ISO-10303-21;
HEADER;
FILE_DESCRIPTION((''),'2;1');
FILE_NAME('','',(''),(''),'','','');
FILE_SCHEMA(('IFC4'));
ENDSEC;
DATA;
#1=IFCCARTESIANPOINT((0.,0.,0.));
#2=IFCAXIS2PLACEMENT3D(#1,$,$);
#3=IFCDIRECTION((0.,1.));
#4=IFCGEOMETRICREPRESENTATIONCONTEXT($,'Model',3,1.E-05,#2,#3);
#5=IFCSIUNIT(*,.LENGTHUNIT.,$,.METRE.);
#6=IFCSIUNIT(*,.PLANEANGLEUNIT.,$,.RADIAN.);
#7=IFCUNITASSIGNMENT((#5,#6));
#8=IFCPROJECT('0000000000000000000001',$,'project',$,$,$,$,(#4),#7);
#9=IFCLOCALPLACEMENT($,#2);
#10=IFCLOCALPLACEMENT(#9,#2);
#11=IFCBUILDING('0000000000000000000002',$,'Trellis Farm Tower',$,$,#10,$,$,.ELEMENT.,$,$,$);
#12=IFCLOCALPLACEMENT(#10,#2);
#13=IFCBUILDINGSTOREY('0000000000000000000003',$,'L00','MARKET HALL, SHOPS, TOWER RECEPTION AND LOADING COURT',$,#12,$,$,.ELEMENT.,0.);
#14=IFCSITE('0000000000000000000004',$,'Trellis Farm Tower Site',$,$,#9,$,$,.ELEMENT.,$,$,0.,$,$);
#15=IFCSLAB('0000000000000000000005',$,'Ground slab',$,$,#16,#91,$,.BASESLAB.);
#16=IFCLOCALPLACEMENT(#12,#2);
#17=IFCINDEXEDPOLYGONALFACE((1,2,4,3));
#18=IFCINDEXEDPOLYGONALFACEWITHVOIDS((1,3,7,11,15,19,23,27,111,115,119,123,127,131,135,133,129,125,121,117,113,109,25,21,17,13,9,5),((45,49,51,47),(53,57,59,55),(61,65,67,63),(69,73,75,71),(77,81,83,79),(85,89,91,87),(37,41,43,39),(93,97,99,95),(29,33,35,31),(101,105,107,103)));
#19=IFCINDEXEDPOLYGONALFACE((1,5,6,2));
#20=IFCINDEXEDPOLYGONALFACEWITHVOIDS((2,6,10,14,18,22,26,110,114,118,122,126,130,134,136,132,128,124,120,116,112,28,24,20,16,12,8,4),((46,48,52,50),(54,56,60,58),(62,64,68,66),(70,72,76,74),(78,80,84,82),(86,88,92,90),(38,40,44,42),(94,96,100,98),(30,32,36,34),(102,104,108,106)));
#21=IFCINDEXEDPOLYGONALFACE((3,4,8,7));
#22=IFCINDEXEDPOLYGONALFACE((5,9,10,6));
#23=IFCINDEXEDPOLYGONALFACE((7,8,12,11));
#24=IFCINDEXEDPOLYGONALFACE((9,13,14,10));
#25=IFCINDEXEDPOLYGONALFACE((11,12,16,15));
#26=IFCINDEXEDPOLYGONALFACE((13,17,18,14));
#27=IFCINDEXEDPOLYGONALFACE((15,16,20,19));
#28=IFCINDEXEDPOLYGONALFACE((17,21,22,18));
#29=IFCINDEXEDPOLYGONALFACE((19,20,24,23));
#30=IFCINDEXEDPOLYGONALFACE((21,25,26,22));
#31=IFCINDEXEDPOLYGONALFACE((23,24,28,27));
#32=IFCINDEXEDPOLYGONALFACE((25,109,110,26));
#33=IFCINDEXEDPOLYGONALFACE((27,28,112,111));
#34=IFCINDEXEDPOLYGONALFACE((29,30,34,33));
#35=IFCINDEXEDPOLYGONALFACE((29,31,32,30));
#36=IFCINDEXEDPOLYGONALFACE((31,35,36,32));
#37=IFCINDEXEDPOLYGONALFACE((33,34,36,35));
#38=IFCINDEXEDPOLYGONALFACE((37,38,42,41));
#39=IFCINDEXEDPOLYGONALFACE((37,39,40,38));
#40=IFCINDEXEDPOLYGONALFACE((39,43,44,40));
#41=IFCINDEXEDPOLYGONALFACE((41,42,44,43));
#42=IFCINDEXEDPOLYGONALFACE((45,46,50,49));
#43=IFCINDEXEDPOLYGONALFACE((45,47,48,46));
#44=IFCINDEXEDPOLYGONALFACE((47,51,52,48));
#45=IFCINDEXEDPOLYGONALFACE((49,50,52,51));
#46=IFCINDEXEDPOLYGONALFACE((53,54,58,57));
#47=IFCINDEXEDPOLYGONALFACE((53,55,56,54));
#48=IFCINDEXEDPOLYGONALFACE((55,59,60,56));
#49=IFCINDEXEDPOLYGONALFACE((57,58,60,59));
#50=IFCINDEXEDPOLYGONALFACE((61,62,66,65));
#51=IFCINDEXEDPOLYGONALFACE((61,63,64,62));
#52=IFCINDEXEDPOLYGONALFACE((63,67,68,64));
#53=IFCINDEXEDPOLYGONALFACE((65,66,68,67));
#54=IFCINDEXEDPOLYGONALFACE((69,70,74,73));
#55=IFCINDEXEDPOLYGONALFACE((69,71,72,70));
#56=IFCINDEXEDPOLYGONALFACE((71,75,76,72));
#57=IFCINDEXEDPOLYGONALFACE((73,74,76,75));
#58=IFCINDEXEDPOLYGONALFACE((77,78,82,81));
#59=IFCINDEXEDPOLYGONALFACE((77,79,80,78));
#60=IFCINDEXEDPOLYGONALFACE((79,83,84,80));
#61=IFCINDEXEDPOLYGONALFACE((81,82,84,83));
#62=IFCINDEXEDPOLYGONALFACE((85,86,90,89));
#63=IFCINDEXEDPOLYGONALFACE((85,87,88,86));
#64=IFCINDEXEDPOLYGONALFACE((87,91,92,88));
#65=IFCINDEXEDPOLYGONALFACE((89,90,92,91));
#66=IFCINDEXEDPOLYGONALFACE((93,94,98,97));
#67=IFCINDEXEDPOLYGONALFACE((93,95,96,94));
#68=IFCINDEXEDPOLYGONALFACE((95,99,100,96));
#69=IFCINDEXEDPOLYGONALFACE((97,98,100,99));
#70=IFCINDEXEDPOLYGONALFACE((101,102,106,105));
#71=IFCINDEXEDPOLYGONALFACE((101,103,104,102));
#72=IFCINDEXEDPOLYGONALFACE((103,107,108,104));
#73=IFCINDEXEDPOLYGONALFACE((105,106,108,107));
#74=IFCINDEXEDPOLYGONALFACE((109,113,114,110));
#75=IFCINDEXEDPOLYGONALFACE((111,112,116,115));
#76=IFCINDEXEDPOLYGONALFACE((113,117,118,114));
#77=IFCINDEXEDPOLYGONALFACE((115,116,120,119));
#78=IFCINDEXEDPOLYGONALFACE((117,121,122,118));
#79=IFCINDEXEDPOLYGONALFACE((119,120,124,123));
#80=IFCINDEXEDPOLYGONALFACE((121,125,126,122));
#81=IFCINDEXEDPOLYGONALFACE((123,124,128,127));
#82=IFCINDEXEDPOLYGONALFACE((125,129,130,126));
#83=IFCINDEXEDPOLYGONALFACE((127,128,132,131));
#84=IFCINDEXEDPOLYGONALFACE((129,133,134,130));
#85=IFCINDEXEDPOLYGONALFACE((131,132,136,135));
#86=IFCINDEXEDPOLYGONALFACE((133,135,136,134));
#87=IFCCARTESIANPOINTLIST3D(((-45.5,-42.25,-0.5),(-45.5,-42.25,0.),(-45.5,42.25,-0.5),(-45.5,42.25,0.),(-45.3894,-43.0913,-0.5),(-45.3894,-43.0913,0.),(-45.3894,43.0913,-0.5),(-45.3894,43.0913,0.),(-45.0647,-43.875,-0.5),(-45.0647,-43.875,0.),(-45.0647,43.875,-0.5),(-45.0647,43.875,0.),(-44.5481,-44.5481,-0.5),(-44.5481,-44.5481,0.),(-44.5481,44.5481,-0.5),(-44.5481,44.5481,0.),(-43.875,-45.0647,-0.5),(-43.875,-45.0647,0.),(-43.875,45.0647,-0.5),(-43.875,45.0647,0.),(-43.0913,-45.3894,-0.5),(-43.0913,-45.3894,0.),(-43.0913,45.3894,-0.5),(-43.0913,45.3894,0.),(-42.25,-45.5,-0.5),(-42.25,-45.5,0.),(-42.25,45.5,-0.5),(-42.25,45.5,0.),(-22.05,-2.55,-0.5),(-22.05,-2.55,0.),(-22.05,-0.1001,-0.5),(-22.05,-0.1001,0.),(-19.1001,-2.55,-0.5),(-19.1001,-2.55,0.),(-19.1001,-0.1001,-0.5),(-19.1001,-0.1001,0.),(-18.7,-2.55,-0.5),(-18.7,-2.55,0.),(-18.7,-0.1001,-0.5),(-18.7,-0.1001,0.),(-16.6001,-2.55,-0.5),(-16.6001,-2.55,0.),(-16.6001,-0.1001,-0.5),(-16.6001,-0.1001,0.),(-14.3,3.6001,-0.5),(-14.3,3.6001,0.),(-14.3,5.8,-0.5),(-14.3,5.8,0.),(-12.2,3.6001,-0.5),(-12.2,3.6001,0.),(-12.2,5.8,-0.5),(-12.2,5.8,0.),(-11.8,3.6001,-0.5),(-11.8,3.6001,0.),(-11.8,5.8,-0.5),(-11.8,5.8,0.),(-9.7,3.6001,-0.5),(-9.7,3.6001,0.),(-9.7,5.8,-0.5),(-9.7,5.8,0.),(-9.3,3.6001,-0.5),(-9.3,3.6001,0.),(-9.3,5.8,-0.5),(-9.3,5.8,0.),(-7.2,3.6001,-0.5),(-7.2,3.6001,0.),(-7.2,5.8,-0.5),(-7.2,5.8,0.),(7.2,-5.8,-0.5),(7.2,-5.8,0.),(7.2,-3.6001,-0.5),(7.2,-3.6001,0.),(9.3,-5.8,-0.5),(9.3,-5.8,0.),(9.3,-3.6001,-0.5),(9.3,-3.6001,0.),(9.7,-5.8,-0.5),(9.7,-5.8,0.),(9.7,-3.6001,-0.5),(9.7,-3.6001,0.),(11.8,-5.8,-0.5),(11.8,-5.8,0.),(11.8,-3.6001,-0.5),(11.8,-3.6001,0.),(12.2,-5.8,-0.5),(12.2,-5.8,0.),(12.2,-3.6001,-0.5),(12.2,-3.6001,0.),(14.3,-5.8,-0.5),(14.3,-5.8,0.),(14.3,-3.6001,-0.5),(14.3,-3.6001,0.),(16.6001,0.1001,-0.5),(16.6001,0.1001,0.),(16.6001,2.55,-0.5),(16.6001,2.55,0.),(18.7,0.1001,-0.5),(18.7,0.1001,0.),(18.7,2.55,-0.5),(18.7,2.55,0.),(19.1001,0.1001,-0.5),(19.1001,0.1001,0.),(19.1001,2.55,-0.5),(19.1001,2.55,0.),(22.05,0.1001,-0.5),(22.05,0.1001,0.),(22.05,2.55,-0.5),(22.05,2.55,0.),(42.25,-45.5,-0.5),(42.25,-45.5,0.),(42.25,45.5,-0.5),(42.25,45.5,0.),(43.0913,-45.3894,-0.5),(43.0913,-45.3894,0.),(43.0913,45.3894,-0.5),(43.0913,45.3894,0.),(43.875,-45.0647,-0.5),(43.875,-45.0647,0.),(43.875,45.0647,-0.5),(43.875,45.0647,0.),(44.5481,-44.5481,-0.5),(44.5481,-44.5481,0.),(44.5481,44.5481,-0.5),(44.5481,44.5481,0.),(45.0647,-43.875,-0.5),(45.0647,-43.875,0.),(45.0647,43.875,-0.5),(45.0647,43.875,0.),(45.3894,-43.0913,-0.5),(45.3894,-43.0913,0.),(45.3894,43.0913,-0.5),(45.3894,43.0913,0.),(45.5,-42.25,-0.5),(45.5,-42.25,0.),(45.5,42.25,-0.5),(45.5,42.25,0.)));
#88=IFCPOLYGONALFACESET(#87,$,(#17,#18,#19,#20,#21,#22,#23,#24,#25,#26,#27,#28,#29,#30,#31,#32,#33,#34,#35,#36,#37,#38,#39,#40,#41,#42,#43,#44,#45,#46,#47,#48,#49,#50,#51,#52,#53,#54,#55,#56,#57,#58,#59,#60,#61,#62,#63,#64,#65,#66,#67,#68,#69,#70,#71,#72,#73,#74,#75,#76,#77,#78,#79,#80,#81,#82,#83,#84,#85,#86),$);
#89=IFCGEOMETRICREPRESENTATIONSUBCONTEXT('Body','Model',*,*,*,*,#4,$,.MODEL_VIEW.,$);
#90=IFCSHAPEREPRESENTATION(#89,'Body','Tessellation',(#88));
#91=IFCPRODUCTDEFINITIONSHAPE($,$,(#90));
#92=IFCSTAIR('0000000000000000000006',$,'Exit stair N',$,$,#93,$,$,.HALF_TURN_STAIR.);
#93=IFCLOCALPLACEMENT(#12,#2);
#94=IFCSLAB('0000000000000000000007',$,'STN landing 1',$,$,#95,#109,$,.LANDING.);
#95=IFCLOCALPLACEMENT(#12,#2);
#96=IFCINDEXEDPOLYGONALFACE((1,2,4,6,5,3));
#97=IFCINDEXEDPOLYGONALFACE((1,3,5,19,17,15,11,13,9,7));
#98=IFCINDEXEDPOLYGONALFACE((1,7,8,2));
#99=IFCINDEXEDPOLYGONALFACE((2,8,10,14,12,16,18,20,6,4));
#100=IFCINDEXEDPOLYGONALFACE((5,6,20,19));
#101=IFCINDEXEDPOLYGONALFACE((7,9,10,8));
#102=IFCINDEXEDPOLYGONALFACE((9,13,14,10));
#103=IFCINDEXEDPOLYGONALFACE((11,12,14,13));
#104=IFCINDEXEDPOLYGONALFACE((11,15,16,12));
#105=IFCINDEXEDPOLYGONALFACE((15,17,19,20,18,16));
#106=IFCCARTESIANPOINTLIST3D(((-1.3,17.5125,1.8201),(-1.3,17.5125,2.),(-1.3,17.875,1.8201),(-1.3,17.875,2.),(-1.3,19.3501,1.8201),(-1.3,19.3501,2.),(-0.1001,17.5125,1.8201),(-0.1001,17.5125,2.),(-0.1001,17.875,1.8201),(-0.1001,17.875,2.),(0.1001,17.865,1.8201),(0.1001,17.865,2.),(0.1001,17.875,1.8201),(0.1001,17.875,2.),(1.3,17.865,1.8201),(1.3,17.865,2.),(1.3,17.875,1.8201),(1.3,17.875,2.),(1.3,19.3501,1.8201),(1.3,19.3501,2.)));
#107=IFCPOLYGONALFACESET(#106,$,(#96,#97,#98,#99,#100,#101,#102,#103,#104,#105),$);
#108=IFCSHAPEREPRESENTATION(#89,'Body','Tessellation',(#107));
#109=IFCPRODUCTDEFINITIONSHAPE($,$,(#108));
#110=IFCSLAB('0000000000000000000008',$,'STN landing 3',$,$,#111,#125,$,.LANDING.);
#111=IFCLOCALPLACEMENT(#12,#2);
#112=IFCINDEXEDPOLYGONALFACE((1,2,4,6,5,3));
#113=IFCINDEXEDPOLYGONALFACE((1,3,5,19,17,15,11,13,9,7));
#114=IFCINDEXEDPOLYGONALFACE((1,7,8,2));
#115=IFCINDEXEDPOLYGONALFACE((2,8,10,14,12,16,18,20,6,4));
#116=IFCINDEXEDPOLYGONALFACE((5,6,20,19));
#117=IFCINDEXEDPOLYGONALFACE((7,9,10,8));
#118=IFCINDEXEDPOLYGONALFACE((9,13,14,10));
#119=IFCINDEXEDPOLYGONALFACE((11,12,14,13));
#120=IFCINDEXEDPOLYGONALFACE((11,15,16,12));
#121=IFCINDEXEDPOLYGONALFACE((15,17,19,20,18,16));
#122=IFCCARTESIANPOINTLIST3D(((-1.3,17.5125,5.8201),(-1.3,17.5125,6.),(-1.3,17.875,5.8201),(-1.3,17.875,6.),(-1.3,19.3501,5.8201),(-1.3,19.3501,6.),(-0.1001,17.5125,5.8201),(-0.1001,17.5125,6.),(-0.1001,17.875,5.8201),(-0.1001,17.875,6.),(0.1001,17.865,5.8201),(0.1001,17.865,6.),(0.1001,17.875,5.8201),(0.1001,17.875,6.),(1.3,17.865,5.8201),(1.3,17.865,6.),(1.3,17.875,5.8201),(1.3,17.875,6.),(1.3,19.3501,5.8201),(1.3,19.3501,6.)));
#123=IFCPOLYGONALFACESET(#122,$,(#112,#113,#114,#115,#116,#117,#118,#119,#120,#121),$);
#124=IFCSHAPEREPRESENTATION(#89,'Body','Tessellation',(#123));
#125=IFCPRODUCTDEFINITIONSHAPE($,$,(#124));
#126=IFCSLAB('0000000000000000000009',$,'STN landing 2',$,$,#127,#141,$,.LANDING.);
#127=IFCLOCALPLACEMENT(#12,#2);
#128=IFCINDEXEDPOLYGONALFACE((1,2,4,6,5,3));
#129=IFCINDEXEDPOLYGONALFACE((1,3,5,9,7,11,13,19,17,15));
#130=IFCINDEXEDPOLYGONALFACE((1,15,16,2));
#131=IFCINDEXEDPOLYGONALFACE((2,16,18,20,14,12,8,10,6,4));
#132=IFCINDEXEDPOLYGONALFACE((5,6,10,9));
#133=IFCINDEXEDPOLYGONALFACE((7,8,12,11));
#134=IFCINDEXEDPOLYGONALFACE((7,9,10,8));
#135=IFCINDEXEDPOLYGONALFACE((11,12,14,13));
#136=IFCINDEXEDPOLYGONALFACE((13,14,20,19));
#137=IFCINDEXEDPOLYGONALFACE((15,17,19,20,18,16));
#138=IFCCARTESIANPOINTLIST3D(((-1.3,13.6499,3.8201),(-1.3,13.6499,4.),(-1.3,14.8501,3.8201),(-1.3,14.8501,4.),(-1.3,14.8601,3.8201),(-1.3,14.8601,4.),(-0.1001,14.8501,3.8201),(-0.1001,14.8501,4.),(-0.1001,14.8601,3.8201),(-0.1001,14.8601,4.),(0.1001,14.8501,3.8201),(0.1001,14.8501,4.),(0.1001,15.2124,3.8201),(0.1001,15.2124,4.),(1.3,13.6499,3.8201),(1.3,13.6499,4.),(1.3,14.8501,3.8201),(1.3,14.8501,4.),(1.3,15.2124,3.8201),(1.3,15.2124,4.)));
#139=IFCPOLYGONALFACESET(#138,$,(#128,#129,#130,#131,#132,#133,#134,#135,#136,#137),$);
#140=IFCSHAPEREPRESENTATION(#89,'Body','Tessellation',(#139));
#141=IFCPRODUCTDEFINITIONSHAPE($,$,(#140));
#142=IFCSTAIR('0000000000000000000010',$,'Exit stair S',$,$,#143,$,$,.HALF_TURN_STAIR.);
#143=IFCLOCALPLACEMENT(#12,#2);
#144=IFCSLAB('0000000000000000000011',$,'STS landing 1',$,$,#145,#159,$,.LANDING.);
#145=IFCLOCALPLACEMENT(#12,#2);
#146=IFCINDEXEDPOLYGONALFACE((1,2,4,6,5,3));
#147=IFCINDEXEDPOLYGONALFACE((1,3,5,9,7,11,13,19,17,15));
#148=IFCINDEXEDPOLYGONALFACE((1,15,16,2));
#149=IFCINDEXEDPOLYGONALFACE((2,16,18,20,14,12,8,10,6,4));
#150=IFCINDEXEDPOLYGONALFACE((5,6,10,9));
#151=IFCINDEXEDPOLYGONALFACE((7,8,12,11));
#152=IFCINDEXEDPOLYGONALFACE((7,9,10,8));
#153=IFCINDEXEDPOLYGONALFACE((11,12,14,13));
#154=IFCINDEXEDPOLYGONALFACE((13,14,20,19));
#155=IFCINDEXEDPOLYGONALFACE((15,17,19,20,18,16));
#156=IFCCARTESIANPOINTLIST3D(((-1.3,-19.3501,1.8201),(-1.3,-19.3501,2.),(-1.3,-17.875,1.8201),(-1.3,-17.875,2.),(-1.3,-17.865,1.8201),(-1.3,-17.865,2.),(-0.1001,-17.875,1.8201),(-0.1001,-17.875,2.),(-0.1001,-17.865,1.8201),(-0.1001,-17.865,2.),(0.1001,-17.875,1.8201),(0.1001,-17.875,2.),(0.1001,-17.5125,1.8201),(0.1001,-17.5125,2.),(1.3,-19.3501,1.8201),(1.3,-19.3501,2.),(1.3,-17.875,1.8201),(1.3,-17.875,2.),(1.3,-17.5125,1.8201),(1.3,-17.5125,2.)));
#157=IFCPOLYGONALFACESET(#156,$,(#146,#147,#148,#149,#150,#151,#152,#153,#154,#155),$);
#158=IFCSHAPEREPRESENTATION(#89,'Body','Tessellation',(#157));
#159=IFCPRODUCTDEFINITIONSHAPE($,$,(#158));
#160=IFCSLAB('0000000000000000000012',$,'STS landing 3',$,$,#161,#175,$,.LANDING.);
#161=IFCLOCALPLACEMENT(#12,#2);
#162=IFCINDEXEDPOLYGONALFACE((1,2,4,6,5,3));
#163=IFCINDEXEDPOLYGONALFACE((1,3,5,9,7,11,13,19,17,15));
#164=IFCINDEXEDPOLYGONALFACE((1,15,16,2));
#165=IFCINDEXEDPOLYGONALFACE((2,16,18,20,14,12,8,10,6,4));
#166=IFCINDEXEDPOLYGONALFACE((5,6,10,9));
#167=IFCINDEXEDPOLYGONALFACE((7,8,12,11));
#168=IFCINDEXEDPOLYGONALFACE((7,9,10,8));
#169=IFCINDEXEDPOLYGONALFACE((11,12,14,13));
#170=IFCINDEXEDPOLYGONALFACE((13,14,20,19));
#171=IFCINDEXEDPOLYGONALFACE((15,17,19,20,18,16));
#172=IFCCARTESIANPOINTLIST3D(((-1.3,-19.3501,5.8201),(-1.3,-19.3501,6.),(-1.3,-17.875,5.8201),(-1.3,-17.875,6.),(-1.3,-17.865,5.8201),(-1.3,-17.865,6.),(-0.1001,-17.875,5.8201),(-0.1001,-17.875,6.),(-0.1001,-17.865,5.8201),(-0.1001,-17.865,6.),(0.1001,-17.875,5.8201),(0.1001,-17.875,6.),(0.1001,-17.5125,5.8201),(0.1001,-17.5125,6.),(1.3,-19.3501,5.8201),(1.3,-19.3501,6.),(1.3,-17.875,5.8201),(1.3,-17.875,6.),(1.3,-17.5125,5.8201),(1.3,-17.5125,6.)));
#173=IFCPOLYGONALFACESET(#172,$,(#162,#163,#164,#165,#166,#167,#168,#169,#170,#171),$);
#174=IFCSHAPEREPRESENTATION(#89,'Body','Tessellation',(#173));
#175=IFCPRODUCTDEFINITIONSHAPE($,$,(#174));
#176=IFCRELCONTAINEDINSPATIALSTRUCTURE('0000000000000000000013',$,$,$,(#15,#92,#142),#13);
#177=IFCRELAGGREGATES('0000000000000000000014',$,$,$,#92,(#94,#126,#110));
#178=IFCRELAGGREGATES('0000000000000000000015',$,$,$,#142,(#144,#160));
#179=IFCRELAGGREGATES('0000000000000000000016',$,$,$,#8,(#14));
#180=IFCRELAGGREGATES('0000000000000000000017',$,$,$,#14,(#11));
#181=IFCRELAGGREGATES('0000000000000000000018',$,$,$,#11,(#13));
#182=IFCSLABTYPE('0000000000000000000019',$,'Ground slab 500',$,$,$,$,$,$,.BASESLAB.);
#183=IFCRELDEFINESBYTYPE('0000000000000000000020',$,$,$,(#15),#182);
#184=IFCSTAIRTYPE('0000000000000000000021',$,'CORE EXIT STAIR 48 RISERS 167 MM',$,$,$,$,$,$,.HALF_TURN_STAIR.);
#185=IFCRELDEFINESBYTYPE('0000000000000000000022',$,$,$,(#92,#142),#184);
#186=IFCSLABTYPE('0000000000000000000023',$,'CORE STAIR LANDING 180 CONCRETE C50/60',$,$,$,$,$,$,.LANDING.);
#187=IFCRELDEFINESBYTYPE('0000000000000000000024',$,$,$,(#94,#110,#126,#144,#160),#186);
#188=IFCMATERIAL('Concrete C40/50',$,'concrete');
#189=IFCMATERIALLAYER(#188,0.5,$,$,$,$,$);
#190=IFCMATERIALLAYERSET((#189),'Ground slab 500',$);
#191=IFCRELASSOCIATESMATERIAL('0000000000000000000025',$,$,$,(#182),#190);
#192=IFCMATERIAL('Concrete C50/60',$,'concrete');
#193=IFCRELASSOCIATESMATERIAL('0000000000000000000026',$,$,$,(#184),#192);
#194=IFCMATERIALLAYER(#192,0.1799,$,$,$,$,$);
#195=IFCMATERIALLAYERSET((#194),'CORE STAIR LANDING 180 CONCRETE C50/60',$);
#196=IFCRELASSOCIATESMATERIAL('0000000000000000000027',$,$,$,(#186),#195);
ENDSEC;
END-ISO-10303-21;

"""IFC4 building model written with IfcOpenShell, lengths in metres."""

from ifc_helpers import new_model, si_unit, direction, frame, origin, place, context, subcontext, project, spatial, polyline, outline, extrude, source, transform, mapped, material, layer, layer_set, type_object, element, aggregate, save


model = new_model("IFC4")

# Units and contexts
model_context = context("Model", 3, precision=1e-05, world=origin(), true_north=direction((0.0, 1.0)))
body_context = subcontext(model_context, "Body", "Model", "MODEL_VIEW")
ifc_project = project(units=[si_unit("LENGTHUNIT", "METRE"), si_unit("PLANEANGLEUNIT", "RADIAN")], contexts=[model_context])

# Site, building, storey
site_placement = place(None, origin())
site = spatial("IfcSite", under=ifc_project, at=site_placement, Name="Trellis Farm Tower Site", CompositionType="ELEMENT", RefElevation=0.0)
building_placement = place(site_placement, origin())
building = spatial("IfcBuilding", under=site, at=building_placement, Name="Trellis Farm Tower", CompositionType="ELEMENT")
storey_placement = place(building_placement, origin())
storey = spatial("IfcBuildingStorey", under=building, at=storey_placement, Name="L00", Description="MARKET HALL, SHOPS, TOWER RECEPTION AND LOADING COURT", CompositionType="ELEMENT", Elevation=0.0)

# Shared definitions
ifc_material_1 = material(Name="Concrete C40/50", Category="concrete")

# Slab
ifc_layer_1 = layer(ifc_material_1, 0.5)
ifc_layer_set_1 = layer_set([ifc_layer_1], Name="Ground slab 500")
slab_type_1 = type_object("IfcSlabType", Name="Ground slab 500", PredefinedType="BASESLAB", material=ifc_layer_set_1)
slab_1_placement = place(storey_placement, frame((0.0, 0.0, -0.5)))
element("IfcSlab", 1, at=slab_1_placement, inside=storey, type_object=slab_type_1, Name="Ground slab", PredefinedType="BASESLAB", context=body_context, shape_type="SweptSolid", body=[
    extrude(outline(polyline([(45.3894, -43.0913), (45.0647, -43.875), (44.5481, -44.5481), (43.875, -45.0647), (43.0913, -45.3894), (42.25, -45.5), (-42.25, -45.5), (-43.0913, -45.3894), (-43.875, -45.0647), (-44.5481, -44.5481), (-45.0647, -43.875), (-45.3894, -43.0913), (-45.5, -42.25), (-45.5, 42.25), (-45.3894, 43.0913), (-45.0647, 43.875), (-44.5481, 44.5481), (-43.875, 45.0647), (-43.0913, 45.3894), (-42.25, 45.5), (42.25, 45.5), (43.0913, 45.3894), (43.875, 45.0647), (44.5481, 44.5481), (45.0647, 43.875), (45.3894, 43.0913), (45.5, 42.25), (45.5, -42.25), (45.3894, -43.0913)]), holes=[polyline([(9.3, -3.6001), (7.2, -3.6001), (7.2, -5.8), (9.3, -5.8), (9.3, -3.6001)]), polyline([(11.8, -3.6001), (9.7, -3.6001), (9.7, -5.8), (11.8, -5.8), (11.8, -3.6001)]), polyline([(14.3, -3.6001), (12.2, -3.6001), (12.2, -5.8), (14.3, -5.8), (14.3, -3.6001)]), polyline([(-22.05, -0.1001), (-22.05, -2.55), (-19.1001, -2.55), (-19.1001, -0.1001), (-22.05, -0.1001)]), polyline([(-18.7, -0.1001), (-18.7, -2.55), (-16.6001, -2.55), (-16.6001, -0.1001), (-18.7, -0.1001)]), polyline([(18.7, 2.55), (16.6001, 2.55), (16.6001, 0.1001), (18.7, 0.1001), (18.7, 2.55)]), polyline([(22.05, 2.55), (19.1001, 2.55), (19.1001, 0.1001), (22.05, 0.1001), (22.05, 2.55)]), polyline([(-14.3, 3.6001), (-12.2, 3.6001), (-12.2, 5.8), (-14.3, 5.8), (-14.3, 3.6001)]), polyline([(-11.8, 5.8), (-11.8, 3.6001), (-9.7, 3.6001), (-9.7, 5.8), (-11.8, 5.8)]), polyline([(-9.3, 5.8), (-9.3, 3.6001), (-7.2, 3.6001), (-7.2, 5.8), (-9.3, 5.8)])]), origin(), (0.0, 0.0, 1.0), 0.5),
])

# Stairs, slabs
ifc_material_2 = material(Name="Concrete C50/60", Category="concrete")
stair_type = type_object("IfcStairType", Name="CORE EXIT STAIR 48 RISERS 167 MM", PredefinedType="HALF_TURN_STAIR", material=ifc_material_2)
placement_1 = place(storey_placement, origin())
stair_1 = element("IfcStair", 2, at=placement_1, inside=storey, type_object=stair_type, Name="Exit stair N", PredefinedType="HALF_TURN_STAIR")
ifc_layer_2 = layer(ifc_material_2, 0.1799)
ifc_layer_set_2 = layer_set([ifc_layer_2], Name="CORE STAIR LANDING 180 CONCRETE C50/60")
slab_type_2 = type_object("IfcSlabType", Name="CORE STAIR LANDING 180 CONCRETE C50/60", PredefinedType="LANDING", material=ifc_layer_set_2)
shared_shape_1 = source(origin(), body_context, "Body", "SweptSolid", [
    extrude(outline(polyline([(-0.1001, 17.5125), (-1.3, 17.5125), (-1.3, 17.875), (-1.3, 19.3501), (1.3, 19.3501), (1.3, 17.875), (1.3, 17.865), (0.1001, 17.865), (0.1001, 17.875), (-0.1001, 17.875), (-0.1001, 17.5125)])), origin(), (0.0, 0.0, 1.0), 0.1799),
])
placement_2 = place(storey_placement, frame((0.0, 0.0, 1.8201)))
slab_2 = element("IfcSlab", 3, at=placement_2, type_object=slab_type_2, Name="STN landing 1", PredefinedType="LANDING", context=body_context, shape_type="MappedRepresentation", body=[
    mapped(shared_shape_1, transform((0.0, 0.0, 0.0))),
])
placement_3 = place(storey_placement, frame((0.0, 0.0, 5.8201)))
slab_3 = element("IfcSlab", 4, at=placement_3, type_object=slab_type_2, Name="STN landing 3", PredefinedType="LANDING", context=body_context, shape_type="MappedRepresentation", body=[
    mapped(shared_shape_1, transform((0.0, 0.0, 0.0))),
])
shared_shape_2 = source(origin(), body_context, "Body", "SweptSolid", [
    extrude(outline(polyline([(1.3, 13.6499), (-1.3, 13.6499), (-1.3, 14.8501), (-1.3, 14.8601), (-0.1001, 14.8601), (-0.1001, 14.8501), (0.1001, 14.8501), (0.1001, 15.2124), (1.3, 15.2124), (1.3, 14.8501), (1.3, 13.6499)])), origin(), (0.0, 0.0, 1.0), 0.1799),
])
placement_4 = place(storey_placement, frame((0.0, 0.0, 3.8201)))
slab_4 = element("IfcSlab", 5, at=placement_4, type_object=slab_type_2, Name="STN landing 2", PredefinedType="LANDING", context=body_context, shape_type="MappedRepresentation", body=[
    mapped(shared_shape_2, transform((0.0, 0.0, 0.0))),
])
aggregate(stair_1, [slab_2, slab_4, slab_3])
stair_2 = element("IfcStair", 6, at=placement_1, inside=storey, type_object=stair_type, Name="Exit stair S", PredefinedType="HALF_TURN_STAIR")
shared_shape_3 = source(origin(), body_context, "Body", "SweptSolid", [
    extrude(outline(polyline([(1.3, -19.3501), (-1.3, -19.3501), (-1.3, -17.875), (-1.3, -17.865), (-0.1001, -17.865), (-0.1001, -17.875), (0.1001, -17.875), (0.1001, -17.5125), (1.3, -17.5125), (1.3, -17.875), (1.3, -19.3501)])), origin(), (0.0, 0.0, 1.0), 0.1799),
])
slab_5 = element("IfcSlab", 7, at=placement_2, type_object=slab_type_2, Name="STS landing 1", PredefinedType="LANDING", context=body_context, shape_type="MappedRepresentation", body=[
    mapped(shared_shape_3, transform((0.0, 0.0, 0.0))),
])
slab_6 = element("IfcSlab", 8, at=placement_3, type_object=slab_type_2, Name="STS landing 3", PredefinedType="LANDING", context=body_context, shape_type="MappedRepresentation", body=[
    mapped(shared_shape_3, transform((0.0, 0.0, 0.0))),
])

aggregate(stair_2, [slab_5, slab_6])

save(model, "model.ifc")
